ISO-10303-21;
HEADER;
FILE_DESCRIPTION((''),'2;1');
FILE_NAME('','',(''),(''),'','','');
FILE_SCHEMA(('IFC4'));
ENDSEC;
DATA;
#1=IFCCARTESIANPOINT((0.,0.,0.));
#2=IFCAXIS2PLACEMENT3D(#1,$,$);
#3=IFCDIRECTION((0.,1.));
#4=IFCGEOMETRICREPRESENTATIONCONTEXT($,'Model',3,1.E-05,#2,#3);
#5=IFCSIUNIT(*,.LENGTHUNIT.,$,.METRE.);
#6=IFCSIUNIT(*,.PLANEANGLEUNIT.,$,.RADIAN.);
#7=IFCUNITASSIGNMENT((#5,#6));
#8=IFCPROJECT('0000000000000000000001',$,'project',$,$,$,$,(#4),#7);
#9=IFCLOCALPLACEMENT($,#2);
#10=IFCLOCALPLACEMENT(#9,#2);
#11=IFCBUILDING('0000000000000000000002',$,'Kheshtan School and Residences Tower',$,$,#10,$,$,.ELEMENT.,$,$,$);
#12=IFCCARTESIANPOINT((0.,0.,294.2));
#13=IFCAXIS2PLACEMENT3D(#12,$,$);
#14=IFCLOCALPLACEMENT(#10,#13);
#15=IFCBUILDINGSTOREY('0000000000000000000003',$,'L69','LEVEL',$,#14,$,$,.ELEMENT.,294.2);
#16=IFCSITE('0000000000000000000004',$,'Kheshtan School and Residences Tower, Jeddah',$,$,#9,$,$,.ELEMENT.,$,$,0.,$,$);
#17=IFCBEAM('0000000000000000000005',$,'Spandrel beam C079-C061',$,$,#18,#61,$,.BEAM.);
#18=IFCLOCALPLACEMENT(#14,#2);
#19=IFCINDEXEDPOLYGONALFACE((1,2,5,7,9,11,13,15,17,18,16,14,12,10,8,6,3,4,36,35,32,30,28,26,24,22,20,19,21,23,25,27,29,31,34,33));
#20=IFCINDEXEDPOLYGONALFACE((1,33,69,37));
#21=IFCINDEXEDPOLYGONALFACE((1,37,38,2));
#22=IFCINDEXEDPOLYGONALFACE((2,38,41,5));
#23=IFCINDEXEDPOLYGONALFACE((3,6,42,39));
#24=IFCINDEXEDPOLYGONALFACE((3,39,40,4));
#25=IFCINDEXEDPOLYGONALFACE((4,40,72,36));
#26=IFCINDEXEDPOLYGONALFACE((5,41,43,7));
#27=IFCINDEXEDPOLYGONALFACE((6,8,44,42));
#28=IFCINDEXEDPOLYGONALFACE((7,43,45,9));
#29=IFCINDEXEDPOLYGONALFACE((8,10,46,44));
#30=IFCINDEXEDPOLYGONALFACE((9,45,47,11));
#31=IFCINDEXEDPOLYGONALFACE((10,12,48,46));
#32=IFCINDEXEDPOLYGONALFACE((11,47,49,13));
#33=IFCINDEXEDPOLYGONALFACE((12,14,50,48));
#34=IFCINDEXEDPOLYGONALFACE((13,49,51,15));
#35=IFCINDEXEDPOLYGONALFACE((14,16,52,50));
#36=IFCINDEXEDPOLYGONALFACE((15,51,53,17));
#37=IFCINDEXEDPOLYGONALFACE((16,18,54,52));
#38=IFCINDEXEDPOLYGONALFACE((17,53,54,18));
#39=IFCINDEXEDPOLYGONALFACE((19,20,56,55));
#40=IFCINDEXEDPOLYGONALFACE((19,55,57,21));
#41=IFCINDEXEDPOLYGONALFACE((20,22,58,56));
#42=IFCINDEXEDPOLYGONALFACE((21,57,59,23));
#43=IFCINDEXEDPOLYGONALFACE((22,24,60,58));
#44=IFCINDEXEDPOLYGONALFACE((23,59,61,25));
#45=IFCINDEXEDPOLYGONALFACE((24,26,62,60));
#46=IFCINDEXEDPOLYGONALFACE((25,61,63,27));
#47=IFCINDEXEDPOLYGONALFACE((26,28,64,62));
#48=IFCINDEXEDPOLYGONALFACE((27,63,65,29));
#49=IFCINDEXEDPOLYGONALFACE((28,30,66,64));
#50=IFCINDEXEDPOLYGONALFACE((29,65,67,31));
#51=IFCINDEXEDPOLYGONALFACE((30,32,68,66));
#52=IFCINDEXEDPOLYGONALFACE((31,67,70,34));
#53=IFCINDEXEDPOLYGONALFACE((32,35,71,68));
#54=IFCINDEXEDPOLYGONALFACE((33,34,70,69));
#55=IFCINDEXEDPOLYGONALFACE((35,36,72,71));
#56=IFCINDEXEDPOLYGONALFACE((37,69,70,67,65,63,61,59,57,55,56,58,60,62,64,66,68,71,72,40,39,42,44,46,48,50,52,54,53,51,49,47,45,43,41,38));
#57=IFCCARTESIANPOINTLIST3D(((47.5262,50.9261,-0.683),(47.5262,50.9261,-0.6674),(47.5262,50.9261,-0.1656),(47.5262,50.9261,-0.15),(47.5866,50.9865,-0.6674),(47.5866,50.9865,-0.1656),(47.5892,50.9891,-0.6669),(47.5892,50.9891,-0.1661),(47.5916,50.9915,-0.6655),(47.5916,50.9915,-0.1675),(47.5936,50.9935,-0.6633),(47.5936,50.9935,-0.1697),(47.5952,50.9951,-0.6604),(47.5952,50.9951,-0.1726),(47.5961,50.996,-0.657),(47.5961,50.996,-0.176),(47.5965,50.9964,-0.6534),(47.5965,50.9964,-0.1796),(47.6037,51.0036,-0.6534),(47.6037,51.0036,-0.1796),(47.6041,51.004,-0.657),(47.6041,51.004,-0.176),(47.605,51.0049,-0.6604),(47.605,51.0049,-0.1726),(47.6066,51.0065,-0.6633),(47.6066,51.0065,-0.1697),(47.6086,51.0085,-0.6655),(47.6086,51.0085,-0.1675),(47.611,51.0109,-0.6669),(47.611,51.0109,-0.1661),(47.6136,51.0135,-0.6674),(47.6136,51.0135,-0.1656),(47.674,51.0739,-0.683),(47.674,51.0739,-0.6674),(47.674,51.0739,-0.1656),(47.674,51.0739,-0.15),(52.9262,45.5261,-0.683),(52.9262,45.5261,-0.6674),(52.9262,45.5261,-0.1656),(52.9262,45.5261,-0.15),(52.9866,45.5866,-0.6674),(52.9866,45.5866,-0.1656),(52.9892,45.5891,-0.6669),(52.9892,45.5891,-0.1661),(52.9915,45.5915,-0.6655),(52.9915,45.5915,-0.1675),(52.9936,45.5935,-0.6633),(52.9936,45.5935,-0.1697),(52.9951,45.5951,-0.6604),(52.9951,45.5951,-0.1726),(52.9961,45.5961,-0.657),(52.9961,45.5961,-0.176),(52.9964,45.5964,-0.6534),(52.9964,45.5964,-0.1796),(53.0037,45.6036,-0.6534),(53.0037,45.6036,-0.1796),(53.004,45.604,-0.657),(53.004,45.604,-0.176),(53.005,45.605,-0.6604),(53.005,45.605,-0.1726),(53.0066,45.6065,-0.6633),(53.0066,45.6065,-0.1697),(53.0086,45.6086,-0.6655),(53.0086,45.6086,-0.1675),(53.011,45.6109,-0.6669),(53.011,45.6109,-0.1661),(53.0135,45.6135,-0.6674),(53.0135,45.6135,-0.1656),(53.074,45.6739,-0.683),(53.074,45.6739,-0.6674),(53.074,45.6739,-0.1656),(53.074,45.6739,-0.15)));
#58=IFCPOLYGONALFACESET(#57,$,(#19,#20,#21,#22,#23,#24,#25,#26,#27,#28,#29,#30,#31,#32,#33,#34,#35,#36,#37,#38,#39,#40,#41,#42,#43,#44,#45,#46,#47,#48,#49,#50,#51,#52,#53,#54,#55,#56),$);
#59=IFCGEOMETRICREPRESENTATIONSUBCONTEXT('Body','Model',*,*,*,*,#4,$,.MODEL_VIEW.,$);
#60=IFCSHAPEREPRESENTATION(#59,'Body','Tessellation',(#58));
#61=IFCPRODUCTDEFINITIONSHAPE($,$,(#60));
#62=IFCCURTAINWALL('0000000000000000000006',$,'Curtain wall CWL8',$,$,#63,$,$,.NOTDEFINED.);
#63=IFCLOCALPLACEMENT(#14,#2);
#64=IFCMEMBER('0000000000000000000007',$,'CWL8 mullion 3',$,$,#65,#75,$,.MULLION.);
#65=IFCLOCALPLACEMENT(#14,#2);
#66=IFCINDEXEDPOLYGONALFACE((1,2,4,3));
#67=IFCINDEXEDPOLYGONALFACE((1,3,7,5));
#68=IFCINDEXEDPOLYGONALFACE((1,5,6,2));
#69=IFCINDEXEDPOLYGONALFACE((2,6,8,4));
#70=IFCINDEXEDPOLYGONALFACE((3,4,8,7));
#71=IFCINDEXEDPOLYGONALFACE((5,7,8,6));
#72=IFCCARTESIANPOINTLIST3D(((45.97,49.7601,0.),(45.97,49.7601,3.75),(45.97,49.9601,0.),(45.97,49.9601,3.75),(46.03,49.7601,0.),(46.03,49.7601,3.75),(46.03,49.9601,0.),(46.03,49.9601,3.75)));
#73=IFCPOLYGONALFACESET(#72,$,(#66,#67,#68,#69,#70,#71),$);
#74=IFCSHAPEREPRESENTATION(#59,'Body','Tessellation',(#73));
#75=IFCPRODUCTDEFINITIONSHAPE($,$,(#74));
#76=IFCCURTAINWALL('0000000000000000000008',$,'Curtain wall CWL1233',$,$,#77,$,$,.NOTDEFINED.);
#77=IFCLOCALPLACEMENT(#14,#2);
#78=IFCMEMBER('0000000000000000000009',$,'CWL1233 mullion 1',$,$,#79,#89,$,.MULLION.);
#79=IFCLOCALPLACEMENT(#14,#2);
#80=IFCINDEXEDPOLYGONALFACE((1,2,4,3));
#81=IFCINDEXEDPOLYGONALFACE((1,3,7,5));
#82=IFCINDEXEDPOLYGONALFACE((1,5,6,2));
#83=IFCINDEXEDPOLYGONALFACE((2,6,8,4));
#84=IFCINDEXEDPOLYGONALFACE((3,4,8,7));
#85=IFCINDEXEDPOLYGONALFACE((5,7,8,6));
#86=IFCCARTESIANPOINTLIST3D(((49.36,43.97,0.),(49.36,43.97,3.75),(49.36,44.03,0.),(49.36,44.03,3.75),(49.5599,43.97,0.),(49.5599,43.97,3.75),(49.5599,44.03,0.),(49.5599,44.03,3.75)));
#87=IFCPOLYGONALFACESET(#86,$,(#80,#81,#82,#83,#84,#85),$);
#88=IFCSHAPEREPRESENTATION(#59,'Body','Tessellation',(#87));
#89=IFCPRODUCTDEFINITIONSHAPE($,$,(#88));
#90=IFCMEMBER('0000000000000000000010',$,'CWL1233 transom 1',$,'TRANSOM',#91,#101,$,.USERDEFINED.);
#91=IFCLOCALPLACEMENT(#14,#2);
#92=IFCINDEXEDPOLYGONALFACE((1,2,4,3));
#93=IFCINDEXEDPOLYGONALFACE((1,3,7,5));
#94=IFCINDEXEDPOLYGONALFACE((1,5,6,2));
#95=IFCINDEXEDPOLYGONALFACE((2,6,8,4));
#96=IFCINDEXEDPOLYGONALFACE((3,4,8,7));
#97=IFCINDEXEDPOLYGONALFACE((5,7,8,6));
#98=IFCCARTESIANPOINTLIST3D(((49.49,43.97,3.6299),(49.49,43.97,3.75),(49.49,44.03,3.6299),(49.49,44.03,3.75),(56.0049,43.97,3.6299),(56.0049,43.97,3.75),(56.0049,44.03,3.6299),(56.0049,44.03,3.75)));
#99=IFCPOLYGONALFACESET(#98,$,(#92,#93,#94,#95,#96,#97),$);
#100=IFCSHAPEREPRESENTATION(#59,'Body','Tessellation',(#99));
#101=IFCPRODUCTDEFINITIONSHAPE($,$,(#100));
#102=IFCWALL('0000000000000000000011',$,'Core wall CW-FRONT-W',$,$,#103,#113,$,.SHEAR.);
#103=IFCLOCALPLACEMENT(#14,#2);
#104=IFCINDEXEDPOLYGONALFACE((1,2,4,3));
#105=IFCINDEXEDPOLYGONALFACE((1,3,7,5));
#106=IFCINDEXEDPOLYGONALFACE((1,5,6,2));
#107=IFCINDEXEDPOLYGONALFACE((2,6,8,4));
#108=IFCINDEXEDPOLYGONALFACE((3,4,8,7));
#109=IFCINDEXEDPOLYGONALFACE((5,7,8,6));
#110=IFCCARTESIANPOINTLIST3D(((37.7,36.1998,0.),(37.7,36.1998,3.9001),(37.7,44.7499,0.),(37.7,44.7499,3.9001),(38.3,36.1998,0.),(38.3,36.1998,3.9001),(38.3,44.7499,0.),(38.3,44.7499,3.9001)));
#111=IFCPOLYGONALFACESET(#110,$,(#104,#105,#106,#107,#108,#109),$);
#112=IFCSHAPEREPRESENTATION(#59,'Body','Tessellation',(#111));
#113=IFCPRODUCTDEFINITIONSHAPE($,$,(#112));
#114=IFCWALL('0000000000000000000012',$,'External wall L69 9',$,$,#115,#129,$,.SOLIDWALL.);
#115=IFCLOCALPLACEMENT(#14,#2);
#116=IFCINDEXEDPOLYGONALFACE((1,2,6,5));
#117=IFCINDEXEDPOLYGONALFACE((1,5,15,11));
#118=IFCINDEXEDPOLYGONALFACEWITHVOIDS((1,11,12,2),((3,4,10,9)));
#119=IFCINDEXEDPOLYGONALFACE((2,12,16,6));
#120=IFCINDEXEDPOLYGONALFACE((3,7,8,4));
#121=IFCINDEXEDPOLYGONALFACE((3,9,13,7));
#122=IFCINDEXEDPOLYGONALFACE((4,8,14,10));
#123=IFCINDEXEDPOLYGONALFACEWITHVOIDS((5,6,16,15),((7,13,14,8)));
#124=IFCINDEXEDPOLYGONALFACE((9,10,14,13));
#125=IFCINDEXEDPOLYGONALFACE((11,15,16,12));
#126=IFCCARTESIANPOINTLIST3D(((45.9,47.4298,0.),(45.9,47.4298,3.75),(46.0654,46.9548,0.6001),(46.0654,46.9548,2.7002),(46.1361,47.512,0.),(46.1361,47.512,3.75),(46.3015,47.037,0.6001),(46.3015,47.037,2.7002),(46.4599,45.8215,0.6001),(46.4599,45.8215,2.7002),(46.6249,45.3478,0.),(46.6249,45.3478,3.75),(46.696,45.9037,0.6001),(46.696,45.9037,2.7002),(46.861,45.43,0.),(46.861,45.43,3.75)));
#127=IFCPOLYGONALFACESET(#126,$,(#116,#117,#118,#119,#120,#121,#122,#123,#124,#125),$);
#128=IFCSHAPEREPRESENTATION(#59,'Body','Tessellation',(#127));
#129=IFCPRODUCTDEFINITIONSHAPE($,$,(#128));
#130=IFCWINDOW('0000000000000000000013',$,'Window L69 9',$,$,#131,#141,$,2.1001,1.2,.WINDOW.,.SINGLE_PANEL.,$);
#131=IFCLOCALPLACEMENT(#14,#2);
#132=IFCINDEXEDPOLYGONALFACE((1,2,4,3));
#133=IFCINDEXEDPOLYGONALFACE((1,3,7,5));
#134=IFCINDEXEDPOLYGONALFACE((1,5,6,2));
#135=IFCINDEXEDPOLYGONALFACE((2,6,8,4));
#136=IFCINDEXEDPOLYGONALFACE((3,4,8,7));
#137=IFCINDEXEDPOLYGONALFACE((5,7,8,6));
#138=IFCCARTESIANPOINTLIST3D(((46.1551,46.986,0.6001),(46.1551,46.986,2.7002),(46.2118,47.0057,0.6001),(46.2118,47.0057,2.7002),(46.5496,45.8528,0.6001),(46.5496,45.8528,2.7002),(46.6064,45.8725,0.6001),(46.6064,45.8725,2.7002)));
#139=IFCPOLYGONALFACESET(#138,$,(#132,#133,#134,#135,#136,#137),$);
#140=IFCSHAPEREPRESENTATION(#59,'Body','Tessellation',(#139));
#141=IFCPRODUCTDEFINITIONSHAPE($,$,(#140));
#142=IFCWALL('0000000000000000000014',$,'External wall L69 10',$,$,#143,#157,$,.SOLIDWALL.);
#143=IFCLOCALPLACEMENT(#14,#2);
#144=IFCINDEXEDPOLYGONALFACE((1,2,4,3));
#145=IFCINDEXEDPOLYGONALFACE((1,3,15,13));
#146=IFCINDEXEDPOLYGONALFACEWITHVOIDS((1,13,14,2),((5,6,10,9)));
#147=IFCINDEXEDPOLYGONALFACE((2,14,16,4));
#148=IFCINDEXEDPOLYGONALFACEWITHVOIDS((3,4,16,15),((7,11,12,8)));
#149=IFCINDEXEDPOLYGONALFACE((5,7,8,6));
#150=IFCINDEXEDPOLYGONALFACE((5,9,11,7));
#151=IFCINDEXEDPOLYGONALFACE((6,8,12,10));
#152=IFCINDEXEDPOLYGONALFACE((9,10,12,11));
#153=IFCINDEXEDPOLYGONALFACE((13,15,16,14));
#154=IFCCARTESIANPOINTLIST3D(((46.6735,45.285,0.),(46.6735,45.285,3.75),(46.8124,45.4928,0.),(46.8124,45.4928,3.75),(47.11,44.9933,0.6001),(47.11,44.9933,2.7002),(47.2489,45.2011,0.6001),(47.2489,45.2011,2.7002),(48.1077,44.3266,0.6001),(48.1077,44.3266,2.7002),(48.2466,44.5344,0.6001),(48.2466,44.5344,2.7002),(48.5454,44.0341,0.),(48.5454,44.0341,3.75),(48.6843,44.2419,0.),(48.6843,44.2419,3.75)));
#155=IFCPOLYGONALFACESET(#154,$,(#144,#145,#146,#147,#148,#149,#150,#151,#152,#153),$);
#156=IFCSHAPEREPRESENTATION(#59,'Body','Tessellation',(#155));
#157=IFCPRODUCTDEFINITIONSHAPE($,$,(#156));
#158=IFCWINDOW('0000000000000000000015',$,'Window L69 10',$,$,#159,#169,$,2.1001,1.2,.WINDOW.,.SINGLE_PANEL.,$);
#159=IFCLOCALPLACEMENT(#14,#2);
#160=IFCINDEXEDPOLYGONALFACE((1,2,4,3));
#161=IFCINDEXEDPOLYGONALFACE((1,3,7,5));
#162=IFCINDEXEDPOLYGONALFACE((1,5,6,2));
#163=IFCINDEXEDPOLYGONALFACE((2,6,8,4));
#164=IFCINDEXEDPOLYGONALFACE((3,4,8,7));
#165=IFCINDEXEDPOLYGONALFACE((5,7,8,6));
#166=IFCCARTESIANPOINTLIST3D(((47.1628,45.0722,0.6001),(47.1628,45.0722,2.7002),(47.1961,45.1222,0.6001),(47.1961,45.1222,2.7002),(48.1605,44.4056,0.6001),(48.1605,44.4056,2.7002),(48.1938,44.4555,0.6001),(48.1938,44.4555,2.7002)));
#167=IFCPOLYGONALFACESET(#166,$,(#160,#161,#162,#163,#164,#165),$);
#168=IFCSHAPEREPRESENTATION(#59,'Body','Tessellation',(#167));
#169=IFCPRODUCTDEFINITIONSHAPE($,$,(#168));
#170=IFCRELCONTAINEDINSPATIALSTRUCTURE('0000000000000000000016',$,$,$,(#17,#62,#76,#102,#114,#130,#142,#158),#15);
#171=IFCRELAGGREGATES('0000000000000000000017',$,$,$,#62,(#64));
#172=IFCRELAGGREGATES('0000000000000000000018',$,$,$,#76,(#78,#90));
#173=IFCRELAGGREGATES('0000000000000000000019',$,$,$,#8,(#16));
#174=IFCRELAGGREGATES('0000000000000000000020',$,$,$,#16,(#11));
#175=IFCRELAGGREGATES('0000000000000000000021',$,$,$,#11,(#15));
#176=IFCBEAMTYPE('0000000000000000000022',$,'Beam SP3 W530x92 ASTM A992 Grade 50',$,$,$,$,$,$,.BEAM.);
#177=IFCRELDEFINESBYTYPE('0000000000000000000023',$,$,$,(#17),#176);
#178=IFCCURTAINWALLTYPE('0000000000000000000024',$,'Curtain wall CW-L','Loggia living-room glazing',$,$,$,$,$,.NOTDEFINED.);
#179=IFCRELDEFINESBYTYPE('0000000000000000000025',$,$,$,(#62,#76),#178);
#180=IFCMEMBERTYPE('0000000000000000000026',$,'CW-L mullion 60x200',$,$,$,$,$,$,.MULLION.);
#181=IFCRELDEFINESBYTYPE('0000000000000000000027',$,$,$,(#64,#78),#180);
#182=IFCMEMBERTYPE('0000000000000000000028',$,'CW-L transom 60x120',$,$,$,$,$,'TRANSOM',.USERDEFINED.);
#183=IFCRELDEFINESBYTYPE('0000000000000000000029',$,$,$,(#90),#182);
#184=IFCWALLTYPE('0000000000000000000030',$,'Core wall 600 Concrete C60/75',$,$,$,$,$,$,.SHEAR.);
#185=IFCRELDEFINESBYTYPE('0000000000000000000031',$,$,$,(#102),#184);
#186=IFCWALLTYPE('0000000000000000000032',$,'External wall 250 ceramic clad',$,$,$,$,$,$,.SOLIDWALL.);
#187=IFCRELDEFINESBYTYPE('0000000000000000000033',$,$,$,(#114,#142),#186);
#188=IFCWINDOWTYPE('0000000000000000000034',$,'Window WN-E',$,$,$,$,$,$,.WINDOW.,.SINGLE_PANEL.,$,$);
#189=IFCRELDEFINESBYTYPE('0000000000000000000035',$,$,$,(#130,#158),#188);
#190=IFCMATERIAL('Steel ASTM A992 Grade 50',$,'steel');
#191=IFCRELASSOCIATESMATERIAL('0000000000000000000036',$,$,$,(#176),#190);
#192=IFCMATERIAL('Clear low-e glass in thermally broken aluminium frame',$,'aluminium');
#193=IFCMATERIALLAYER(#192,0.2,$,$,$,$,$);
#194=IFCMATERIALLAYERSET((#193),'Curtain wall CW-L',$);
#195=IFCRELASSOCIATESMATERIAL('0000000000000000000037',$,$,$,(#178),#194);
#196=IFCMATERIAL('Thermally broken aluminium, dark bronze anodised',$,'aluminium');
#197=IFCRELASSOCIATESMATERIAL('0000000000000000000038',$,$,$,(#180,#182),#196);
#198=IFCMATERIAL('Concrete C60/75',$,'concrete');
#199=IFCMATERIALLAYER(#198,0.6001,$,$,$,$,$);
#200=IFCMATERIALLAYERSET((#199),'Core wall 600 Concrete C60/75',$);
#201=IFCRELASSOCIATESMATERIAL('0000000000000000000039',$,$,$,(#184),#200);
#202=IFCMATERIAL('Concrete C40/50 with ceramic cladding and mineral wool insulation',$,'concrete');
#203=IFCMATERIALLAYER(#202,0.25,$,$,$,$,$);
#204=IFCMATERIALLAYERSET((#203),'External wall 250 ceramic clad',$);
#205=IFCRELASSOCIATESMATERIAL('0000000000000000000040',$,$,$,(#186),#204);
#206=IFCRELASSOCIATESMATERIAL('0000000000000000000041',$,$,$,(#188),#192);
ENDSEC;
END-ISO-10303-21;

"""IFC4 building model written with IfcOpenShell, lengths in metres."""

from ifc_helpers import new_model, si_unit, direction, frame, frame_2d, origin, origin_2d, place, context, subcontext, project, spatial, rectangle, i_section, extrude, source, transform, mapped, material, layer, layer_set, material_profile, profile_set, type_object, element, fill, aggregate, save


model = new_model("IFC4")

# Units and contexts
model_context = context("Model", 3, precision=1e-05, world=origin(), true_north=direction((0.0, 1.0)))
body_context = subcontext(model_context, "Body", "Model", "MODEL_VIEW")
ifc_project = project(units=[si_unit("LENGTHUNIT", "METRE"), si_unit("PLANEANGLEUNIT", "RADIAN")], contexts=[model_context])

# Site, building, storey
site_placement = place(None, origin())
site = spatial("IfcSite", under=ifc_project, at=site_placement, Name="Kheshtan School and Residences Tower, Jeddah", CompositionType="ELEMENT", RefElevation=0.0)
building_placement = place(site_placement, origin())
building = spatial("IfcBuilding", under=site, at=building_placement, Name="Kheshtan School and Residences Tower", CompositionType="ELEMENT")
storey_placement = place(building_placement, frame((0.0, 0.0, 294.2)))
storey = spatial("IfcBuildingStorey", under=building, at=storey_placement, Name="L69", Description="LEVEL", CompositionType="ELEMENT", Elevation=294.2)

# Shared definitions
ifc_material_1 = material(Name="Steel ASTM A992 Grade 50", Category="steel")

# Beam
ifc_material_profile_1 = material_profile(ifc_material_1, i_section(OverallWidth=0.209, OverallDepth=0.533, WebThickness=0.0103, FlangeThickness=0.0156, FilletRadius=0.0139, at=origin_2d()), Name="W530x92")
ifc_profile_set_1 = profile_set([ifc_material_profile_1], Name="Steel ASTM A992 Grade 50")
beam_type_1 = type_object("IfcBeamType", Name="Beam SP3 W530x92 ASTM A992 Grade 50", PredefinedType="BEAM", material=ifc_profile_set_1)
beam_1_placement = place(storey_placement, frame((47.6001, 51.0, -0.4165), z_axis=(0.707107, -0.707107, 0.0), x_axis=(0.707107, 0.707107, 0.0)))
element("IfcBeam", 1, at=beam_1_placement, inside=storey, type_object=beam_type_1, Name="Spandrel beam C079-C061", PredefinedType="BEAM", context=body_context, shape_type="SweptSolid", body=[
    extrude(i_section(OverallWidth=0.209, OverallDepth=0.533, WebThickness=0.0103, FlangeThickness=0.0156, FilletRadius=0.0139, at=origin_2d()), origin(), (0.0, 0.0, 1.0), 7.6367),
])

# Curtain wall, member
ifc_material_2 = material(Name="Clear low-e glass in thermally broken aluminium frame", Category="aluminium")
ifc_layer_1 = layer(ifc_material_2, 0.2)
ifc_layer_set_1 = layer_set([ifc_layer_1], Name="Curtain wall CW-L")
curtain_wall_type = type_object("IfcCurtainWallType", Name="Curtain wall CW-L", Description="Loggia living-room glazing", PredefinedType="NOTDEFINED", material=ifc_layer_set_1)
curtain_wall_1_placement = place(storey_placement, origin())
curtain_wall_1 = element("IfcCurtainWall", 2, at=curtain_wall_1_placement, inside=storey, type_object=curtain_wall_type, Name="Curtain wall CWL8", PredefinedType="NOTDEFINED")
ifc_material_3 = material(Name="Thermally broken aluminium, dark bronze anodised", Category="aluminium")
ifc_material_profile_2 = material_profile(ifc_material_3, rectangle(XDim=0.0601, YDim=0.2, at=origin_2d()), Name="CW-L mullion 60x200")
ifc_profile_set_2 = profile_set([ifc_material_profile_2], Name="Thermally broken aluminium, dark bronze anodised")
member_type_1 = type_object("IfcMemberType", Name="CW-L mullion 60x200", PredefinedType="MULLION", material=ifc_profile_set_2)
member_1_placement = place(storey_placement, frame((46.0, 49.8601, 0.0), z_axis=(0.0, 0.0, 1.0), x_axis=(1.0, 0.0, 0.0)))
member_1 = element("IfcMember", 3, at=member_1_placement, type_object=member_type_1, Name="CWL8 mullion 3", PredefinedType="MULLION", context=body_context, shape_type="SweptSolid", body=[
    extrude(rectangle(XDim=0.0601, YDim=0.2, at=origin_2d()), origin(), (0.0, 0.0, 1.0), 3.75),
])
aggregate(curtain_wall_1, [member_1])

# Curtain wall, members
curtain_wall_2_placement = place(storey_placement, origin())
curtain_wall_2 = element("IfcCurtainWall", 4, at=curtain_wall_2_placement, inside=storey, type_object=curtain_wall_type, Name="Curtain wall CWL1233", PredefinedType="NOTDEFINED")
member_2_placement = place(storey_placement, frame((49.46, 44.0, 0.0), z_axis=(0.0, 0.0, 1.0), x_axis=(0.0, 1.0, 0.0)))
member_2 = element("IfcMember", 5, at=member_2_placement, type_object=member_type_1, Name="CWL1233 mullion 1", PredefinedType="MULLION", context=body_context, shape_type="SweptSolid", body=[
    extrude(rectangle(XDim=0.0601, YDim=0.2, at=origin_2d()), origin(), (0.0, 0.0, 1.0), 3.75),
])
ifc_material_profile_3 = material_profile(ifc_material_3, rectangle(XDim=0.0601, YDim=0.1201, at=origin_2d()), Name="CW-L transom 60x120")
ifc_profile_set_3 = profile_set([ifc_material_profile_3], Name="Thermally broken aluminium, dark bronze anodised")
member_type_2 = type_object("IfcMemberType", Name="CW-L transom 60x120", ElementType="TRANSOM", PredefinedType="USERDEFINED", material=ifc_profile_set_3)
member_3_placement = place(storey_placement, frame((49.49, 44.0, 3.6899), z_axis=(1.0, 0.0, 0.0), x_axis=(0.0, 1.0, 0.0)))
member_3 = element("IfcMember", 6, at=member_3_placement, type_object=member_type_2, Name="CWL1233 transom 1", ObjectType="TRANSOM", PredefinedType="USERDEFINED", context=body_context, shape_type="SweptSolid", body=[
    extrude(rectangle(XDim=0.0601, YDim=0.1201, at=origin_2d()), origin(), (0.0, 0.0, 1.0), 6.5149),
])
aggregate(curtain_wall_2, [member_2, member_3])

# Wall
ifc_material_4 = material(Name="Concrete C60/75", Category="concrete")
ifc_layer_2 = layer(ifc_material_4, 0.6001)
ifc_layer_set_2 = layer_set([ifc_layer_2], Name="Core wall 600 Concrete C60/75")
wall_type_1 = type_object("IfcWallType", Name="Core wall 600 Concrete C60/75", PredefinedType="SHEAR", material=ifc_layer_set_2)
wall_1_placement = place(storey_placement, frame((38.0, 36.2, 0.0), z_axis=(0.0, 0.0, 1.0), x_axis=(0.0, 1.0, 0.0)))
element("IfcWall", 7, at=wall_1_placement, inside=storey, type_object=wall_type_1, Name="Core wall CW-FRONT-W", PredefinedType="SHEAR", context=body_context, shape_type="SweptSolid", body=[
    extrude(rectangle(XDim=8.55, YDim=0.6001, at=frame_2d((4.2749, 0.0))), origin(), (0.0, 0.0, 1.0), 3.9001),
])

# Walls, openings, windows
ifc_material_5 = material(Name="Concrete C40/50 with ceramic cladding and mineral wool insulation", Category="concrete")
ifc_layer_3 = layer(ifc_material_5, 0.25)
ifc_layer_set_3 = layer_set([ifc_layer_3], Name="External wall 250 ceramic clad")
wall_type_2 = type_object("IfcWallType", Name="External wall 250 ceramic clad", PredefinedType="SOLIDWALL", material=ifc_layer_set_3)
wall_2_placement = place(storey_placement, frame((46.0181, 47.4709, 0.0), z_axis=(0.0, 0.0, 1.0), x_axis=(0.328791, -0.944403, 0.0)))
wall_2 = element("IfcWall", 8, at=wall_2_placement, inside=storey, type_object=wall_type_2, Name="External wall L69 9", PredefinedType="SOLIDWALL", context=body_context, shape_type="SweptSolid", body=[
    extrude(rectangle(XDim=2.2046, YDim=0.25, at=frame_2d((1.1023, 0.0))), origin(), (0.0, 0.0, 1.0), 3.75),
])
opening_1_placement = place(wall_2_placement, frame((0.5029, 0.0, 0.6001)))
opening_1 = element("IfcOpeningElement", 9, at=opening_1_placement, cuts=wall_2, PredefinedType="OPENING", context=body_context, shape_type="SweptSolid", body=[
    extrude(rectangle(XDim=1.2, YDim=2.1001, at=frame_2d((0.6001, 1.05))), frame((0.0, 0.135, 0.0), z_axis=(0.0, -1.0, 0.0), x_axis=(1.0, 0.0, 0.0)), (0.0, 0.0, 1.0), 0.27),
])
window_type = type_object("IfcWindowType", Name="Window WN-E", PartitioningType="SINGLE_PANEL", PredefinedType="WINDOW", material=ifc_material_2)
shared_shape_1 = source(origin(), body_context, "Body", "SweptSolid", [
    extrude(rectangle(XDim=1.2, YDim=2.1001, at=frame_2d((0.6001, 1.05))), frame((0.0, 0.03, 0.0), z_axis=(0.0, -1.0, 0.0), x_axis=(1.0, 0.0, 0.0)), (0.0, 0.0, 1.0), 0.0601),
])
window_1_placement = place(opening_1_placement, origin())
window_1 = element("IfcWindow", 10, at=window_1_placement, inside=storey, type_object=window_type, Name="Window L69 9", OverallHeight=2.1001, OverallWidth=1.2, PartitioningType="SINGLE_PANEL", PredefinedType="WINDOW", context=body_context, shape_type="MappedRepresentation", body=[
    mapped(shared_shape_1, transform((0.0, 0.0, 0.0), x_axis=(1.0, 0.0, 0.0), y_axis=(0.0, 1.0, 0.0), z_axis=(0.0, 0.0, 1.0), scale=1.0)),
])
fill(opening_1, window_1)
wall_3_placement = place(storey_placement, frame((46.7429, 45.3889, 0.0), z_axis=(0.0, 0.0, 1.0), x_axis=(0.831449, -0.555601, 0.0)))
wall_3 = element("IfcWall", 11, at=wall_3_placement, inside=storey, type_object=wall_type_2, Name="External wall L69 10", PredefinedType="SOLIDWALL", context=body_context, shape_type="SweptSolid", body=[
    extrude(rectangle(XDim=2.2515, YDim=0.25, at=frame_2d((1.1257, 0.0))), origin(), (0.0, 0.0, 1.0), 3.75),
])
opening_2_placement = place(wall_3_placement, frame((0.5249, 0.0, 0.6001)))
opening_2 = element("IfcOpeningElement", 12, at=opening_2_placement, cuts=wall_3, PredefinedType="OPENING", context=body_context, shape_type="SweptSolid", body=[
    extrude(rectangle(XDim=1.2, YDim=2.1001, at=frame_2d((0.6001, 1.05))), frame((0.0, 0.135, 0.0), z_axis=(0.0, -1.0, 0.0), x_axis=(1.0, 0.0, 0.0)), (0.0, 0.0, 1.0), 0.27),
])
window_2_placement = place(opening_2_placement, origin())
window_2 = element("IfcWindow", 13, at=window_2_placement, inside=storey, type_object=window_type, Name="Window L69 10", OverallHeight=2.1001, OverallWidth=1.2, PartitioningType="SINGLE_PANEL", PredefinedType="WINDOW", context=body_context, shape_type="MappedRepresentation", body=[
    mapped(shared_shape_1, transform((0.0, 0.0, 0.0), x_axis=(1.0, 0.0, 0.0), y_axis=(0.0, 1.0, 0.0), z_axis=(0.0, 0.0, 1.0), scale=1.0)),
])
fill(opening_2, window_2)

save(model, "model.ifc")
